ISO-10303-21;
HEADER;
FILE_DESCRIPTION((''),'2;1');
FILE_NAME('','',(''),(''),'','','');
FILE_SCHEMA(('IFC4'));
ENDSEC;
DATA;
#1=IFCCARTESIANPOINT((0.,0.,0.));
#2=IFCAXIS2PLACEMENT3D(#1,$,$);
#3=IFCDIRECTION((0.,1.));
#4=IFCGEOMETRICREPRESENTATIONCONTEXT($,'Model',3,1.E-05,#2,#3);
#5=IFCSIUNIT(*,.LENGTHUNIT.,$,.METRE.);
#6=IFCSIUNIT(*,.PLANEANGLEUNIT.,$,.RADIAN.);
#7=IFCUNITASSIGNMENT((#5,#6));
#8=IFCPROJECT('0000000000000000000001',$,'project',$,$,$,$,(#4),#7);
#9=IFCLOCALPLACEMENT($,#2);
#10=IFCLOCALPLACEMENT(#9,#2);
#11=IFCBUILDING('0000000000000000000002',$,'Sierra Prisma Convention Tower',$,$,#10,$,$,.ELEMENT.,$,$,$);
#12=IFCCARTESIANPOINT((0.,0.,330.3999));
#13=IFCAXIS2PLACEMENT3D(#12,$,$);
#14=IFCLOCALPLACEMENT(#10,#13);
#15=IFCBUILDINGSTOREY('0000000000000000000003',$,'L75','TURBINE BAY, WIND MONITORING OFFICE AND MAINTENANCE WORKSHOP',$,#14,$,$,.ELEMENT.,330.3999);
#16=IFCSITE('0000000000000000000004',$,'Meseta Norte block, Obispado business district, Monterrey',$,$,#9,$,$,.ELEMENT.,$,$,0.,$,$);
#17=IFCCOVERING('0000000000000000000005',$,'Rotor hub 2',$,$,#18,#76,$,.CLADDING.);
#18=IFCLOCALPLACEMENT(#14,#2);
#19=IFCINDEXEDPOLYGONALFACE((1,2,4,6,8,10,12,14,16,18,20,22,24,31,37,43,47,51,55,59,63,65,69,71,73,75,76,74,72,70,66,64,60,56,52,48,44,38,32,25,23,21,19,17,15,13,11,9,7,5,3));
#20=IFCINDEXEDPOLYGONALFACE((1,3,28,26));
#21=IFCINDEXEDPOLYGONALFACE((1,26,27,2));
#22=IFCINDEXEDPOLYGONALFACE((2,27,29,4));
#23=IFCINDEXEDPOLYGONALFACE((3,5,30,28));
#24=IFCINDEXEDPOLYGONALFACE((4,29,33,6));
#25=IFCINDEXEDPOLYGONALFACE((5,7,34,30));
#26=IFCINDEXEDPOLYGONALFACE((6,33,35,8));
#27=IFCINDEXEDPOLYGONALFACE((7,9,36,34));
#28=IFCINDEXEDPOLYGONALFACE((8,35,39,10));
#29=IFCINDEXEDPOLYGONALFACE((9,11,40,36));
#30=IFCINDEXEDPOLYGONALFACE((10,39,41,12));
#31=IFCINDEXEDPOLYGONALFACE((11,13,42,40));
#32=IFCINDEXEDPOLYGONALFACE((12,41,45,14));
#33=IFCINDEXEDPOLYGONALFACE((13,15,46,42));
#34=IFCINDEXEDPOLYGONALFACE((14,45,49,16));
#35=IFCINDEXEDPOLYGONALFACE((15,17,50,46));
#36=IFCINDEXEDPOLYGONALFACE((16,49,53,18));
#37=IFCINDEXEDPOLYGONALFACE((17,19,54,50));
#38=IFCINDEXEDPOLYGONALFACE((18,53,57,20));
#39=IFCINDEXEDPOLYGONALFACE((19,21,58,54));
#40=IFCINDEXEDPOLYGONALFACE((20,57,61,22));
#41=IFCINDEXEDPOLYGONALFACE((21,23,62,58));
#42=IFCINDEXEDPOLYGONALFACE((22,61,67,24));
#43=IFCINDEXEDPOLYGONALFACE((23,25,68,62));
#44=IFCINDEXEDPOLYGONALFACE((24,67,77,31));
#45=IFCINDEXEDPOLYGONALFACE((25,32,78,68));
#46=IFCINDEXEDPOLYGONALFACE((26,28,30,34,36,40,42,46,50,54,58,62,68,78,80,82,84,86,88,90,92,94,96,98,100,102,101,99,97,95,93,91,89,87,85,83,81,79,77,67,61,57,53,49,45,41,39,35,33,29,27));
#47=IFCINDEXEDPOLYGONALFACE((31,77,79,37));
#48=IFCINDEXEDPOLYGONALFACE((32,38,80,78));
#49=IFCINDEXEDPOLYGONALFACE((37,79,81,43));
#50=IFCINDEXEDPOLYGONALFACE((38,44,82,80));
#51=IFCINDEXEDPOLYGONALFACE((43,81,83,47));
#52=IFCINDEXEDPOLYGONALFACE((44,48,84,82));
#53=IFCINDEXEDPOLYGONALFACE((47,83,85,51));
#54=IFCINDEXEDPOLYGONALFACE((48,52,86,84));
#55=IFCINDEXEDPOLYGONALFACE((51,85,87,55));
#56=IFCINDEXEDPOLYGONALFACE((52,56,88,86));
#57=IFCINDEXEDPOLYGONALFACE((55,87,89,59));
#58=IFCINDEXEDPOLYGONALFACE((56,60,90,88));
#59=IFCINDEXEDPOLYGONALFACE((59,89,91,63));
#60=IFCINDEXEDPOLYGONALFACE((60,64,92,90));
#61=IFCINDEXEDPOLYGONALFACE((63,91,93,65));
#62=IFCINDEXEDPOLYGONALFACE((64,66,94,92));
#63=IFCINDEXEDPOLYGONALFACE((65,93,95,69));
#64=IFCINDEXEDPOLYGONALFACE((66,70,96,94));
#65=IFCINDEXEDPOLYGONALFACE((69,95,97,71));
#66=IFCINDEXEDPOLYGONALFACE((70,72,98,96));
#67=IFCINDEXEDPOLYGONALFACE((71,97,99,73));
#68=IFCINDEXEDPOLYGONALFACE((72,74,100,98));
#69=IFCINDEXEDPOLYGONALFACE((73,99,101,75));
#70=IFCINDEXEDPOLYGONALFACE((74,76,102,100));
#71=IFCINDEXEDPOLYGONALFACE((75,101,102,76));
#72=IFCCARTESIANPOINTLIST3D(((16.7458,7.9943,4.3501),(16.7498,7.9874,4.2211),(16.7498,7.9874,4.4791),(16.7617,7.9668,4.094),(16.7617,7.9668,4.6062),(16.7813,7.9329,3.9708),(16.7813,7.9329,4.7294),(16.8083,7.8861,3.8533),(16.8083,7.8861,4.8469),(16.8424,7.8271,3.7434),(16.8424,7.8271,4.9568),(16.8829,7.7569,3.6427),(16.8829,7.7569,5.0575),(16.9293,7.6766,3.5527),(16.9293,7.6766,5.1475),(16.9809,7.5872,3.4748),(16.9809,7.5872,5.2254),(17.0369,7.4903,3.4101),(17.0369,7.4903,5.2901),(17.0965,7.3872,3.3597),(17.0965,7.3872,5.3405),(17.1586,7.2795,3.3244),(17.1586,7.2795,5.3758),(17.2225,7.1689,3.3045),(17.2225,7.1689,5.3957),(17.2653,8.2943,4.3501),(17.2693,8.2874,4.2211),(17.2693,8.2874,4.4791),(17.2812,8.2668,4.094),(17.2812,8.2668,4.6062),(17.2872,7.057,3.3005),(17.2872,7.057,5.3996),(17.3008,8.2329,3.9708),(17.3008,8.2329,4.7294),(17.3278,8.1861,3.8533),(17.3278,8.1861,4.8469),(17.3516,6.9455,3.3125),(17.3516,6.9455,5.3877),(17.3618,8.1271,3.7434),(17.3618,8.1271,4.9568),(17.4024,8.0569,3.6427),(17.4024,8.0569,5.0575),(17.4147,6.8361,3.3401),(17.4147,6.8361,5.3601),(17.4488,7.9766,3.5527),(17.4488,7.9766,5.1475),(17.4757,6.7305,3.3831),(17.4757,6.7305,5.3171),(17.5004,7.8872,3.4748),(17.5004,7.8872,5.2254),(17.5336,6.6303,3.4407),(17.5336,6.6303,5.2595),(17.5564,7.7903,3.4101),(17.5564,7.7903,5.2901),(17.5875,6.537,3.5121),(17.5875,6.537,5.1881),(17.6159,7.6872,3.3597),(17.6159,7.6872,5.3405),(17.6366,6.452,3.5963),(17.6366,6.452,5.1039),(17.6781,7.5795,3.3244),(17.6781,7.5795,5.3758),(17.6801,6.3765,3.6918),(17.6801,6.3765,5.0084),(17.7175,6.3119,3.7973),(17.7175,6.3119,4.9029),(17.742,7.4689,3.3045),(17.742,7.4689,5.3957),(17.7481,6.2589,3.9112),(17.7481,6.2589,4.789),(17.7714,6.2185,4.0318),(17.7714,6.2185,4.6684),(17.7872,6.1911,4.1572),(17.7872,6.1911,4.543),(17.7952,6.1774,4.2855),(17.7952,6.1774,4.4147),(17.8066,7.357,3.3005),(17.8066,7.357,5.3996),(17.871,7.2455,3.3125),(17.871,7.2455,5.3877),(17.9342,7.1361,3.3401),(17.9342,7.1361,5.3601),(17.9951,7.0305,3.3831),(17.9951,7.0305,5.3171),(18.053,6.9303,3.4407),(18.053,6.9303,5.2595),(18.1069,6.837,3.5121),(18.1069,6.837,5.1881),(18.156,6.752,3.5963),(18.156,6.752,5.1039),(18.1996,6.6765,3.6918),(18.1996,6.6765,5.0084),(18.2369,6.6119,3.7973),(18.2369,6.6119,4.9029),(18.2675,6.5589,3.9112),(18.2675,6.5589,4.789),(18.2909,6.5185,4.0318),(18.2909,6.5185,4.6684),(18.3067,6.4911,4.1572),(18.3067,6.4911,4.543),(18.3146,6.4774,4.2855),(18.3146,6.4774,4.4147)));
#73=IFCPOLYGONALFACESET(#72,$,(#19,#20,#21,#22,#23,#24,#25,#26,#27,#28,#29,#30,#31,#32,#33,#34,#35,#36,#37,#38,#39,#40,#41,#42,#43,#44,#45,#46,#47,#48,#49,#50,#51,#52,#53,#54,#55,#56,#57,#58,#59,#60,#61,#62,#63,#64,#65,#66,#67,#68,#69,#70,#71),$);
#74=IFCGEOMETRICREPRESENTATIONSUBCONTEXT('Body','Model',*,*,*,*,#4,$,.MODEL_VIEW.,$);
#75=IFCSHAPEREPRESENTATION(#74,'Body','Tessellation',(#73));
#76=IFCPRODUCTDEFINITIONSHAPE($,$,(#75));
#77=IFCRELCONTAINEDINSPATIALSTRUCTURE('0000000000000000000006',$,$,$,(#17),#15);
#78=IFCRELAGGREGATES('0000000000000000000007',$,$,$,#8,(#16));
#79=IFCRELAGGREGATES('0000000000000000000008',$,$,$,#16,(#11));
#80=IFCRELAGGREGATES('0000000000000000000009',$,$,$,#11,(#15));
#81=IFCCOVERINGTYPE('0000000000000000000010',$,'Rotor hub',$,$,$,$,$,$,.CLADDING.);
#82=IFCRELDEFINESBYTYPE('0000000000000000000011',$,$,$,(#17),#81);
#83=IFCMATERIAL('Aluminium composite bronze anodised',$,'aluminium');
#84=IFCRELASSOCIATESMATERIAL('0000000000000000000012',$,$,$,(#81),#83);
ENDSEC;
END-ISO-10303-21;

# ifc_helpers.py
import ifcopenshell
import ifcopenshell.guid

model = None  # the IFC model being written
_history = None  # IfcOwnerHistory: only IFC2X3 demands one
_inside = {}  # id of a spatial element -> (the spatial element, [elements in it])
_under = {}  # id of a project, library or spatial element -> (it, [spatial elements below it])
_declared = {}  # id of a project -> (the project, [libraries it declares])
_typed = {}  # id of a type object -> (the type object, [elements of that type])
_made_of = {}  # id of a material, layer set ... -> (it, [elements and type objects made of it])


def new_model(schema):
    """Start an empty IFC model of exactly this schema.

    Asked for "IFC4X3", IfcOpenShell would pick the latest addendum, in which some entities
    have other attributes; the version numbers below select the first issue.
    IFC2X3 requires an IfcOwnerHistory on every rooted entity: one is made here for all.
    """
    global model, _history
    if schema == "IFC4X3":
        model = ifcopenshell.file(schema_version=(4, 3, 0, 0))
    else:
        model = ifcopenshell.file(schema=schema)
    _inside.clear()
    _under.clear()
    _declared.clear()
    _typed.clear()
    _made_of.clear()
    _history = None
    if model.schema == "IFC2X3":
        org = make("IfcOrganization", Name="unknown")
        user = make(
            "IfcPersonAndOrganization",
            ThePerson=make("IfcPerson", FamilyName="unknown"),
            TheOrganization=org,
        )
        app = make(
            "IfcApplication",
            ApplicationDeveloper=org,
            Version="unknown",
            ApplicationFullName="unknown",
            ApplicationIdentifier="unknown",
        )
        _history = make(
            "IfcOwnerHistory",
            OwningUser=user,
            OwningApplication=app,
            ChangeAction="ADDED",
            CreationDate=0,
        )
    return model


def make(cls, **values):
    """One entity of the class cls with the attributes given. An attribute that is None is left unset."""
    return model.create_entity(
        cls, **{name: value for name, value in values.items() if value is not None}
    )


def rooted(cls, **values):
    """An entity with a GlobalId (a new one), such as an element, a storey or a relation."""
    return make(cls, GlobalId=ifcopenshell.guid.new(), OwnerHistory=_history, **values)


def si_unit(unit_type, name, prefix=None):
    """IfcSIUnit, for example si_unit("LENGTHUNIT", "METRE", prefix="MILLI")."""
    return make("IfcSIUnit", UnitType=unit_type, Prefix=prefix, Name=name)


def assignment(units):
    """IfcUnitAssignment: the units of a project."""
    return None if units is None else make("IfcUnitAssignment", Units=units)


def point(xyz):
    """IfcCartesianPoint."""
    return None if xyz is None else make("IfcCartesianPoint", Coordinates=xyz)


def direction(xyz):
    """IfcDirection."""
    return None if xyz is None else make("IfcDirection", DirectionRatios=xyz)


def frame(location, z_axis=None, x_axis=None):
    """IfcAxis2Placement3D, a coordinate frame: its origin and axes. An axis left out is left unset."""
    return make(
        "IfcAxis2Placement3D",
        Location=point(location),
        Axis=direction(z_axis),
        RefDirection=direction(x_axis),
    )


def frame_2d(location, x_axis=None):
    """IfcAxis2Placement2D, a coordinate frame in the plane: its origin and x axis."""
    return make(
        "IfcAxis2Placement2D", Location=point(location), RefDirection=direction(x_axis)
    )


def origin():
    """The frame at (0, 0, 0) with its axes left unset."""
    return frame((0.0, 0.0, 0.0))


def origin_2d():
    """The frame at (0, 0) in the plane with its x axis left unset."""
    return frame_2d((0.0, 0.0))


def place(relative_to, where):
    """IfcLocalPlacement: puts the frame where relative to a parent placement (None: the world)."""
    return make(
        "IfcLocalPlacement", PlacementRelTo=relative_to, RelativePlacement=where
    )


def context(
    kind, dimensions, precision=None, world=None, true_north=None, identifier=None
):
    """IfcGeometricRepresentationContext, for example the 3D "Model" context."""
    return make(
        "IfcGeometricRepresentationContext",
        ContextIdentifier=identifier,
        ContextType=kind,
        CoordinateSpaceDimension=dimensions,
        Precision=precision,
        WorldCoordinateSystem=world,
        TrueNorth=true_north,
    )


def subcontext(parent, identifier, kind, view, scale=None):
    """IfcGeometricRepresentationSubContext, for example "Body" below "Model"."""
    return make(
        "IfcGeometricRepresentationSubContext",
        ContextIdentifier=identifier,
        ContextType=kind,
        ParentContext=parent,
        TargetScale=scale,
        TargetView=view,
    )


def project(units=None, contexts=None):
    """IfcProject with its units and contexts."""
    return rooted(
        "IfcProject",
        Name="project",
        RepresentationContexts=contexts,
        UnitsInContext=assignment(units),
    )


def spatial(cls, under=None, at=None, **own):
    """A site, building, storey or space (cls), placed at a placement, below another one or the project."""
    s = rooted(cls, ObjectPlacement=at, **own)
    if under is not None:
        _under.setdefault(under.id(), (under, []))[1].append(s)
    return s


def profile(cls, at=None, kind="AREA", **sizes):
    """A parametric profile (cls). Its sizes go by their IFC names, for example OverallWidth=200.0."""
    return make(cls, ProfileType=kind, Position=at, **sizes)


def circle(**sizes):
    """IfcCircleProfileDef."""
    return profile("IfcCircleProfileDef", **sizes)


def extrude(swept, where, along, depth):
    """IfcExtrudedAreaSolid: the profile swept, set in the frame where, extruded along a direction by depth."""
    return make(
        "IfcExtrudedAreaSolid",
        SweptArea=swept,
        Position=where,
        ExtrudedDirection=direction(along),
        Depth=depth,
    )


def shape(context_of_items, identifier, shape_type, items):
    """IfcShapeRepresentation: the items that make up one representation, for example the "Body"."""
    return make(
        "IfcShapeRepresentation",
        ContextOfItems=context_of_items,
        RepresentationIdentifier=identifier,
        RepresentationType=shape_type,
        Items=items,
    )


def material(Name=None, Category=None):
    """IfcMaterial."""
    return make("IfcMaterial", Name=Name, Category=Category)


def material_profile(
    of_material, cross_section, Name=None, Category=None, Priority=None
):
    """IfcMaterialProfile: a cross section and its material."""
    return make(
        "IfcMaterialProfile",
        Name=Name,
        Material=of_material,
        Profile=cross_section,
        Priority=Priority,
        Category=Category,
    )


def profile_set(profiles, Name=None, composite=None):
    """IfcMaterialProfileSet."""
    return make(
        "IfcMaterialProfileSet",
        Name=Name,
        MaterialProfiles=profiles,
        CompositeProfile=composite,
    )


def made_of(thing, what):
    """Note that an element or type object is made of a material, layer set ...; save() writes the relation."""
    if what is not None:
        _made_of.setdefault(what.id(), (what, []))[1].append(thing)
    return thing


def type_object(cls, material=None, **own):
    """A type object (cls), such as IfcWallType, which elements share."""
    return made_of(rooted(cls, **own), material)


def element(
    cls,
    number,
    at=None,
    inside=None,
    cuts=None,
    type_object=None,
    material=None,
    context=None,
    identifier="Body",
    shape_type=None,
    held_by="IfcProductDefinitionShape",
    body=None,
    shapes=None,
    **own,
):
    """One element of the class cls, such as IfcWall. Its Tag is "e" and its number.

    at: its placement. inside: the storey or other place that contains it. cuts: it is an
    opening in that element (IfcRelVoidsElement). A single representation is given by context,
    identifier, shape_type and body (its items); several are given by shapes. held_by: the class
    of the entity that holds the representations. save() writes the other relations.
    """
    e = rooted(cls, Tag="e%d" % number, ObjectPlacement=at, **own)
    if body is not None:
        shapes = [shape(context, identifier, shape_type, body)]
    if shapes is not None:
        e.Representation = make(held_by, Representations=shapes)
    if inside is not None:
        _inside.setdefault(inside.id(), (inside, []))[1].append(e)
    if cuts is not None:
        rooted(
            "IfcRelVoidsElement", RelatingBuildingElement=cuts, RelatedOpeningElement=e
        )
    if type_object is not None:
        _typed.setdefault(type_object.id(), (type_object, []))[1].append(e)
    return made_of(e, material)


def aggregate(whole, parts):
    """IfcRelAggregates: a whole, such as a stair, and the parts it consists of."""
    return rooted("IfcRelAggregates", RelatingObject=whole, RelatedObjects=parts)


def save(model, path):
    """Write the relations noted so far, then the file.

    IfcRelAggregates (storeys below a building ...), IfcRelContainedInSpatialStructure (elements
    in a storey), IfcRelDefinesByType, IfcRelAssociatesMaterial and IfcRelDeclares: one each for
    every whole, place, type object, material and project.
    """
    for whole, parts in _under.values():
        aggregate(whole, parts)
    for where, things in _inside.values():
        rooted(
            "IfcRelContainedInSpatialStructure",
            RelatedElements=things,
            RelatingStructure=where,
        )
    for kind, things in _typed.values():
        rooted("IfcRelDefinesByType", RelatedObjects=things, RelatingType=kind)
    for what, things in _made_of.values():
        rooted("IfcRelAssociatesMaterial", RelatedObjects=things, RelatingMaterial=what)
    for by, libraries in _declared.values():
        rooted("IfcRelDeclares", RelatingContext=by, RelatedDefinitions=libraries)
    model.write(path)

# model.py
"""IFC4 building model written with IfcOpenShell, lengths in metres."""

from ifc_helpers import new_model, si_unit, direction, frame, origin, origin_2d, place, context, subcontext, project, spatial, circle, extrude, material, material_profile, profile_set, type_object, element, save


model = new_model("IFC4")

# Units and contexts
model_context = context("Model", 3, precision=1e-05, world=origin(), true_north=direction((0.0, 1.0)))
body_context = subcontext(model_context, "Body", "Model", "MODEL_VIEW")
ifc_project = project(units=[si_unit("LENGTHUNIT", "METRE"), si_unit("PLANEANGLEUNIT", "RADIAN")], contexts=[model_context])

# Site, building, storey
site_placement = place(None, origin())
site = spatial("IfcSite", under=ifc_project, at=site_placement, Name="Meseta Norte block, Obispado business district, Monterrey", CompositionType="ELEMENT", RefElevation=0.0)
building_placement = place(site_placement, origin())
building = spatial("IfcBuilding", under=site, at=building_placement, Name="Sierra Prisma Convention Tower", CompositionType="ELEMENT")
storey_placement = place(building_placement, frame((0.0, 0.0, 330.3999)))
storey = spatial("IfcBuildingStorey", under=building, at=storey_placement, Name="L75", Description="TURBINE BAY, WIND MONITORING OFFICE AND MAINTENANCE WORKSHOP", CompositionType="ELEMENT", Elevation=330.3999)

# Covering
ifc_material_1 = material(Name="Aluminium composite bronze anodised", Category="aluminium")
ifc_material_profile_1 = material_profile(ifc_material_1, circle(Radius=1.05, at=origin_2d()), Name="ROTOR HUB 2100")
ifc_profile_set_1 = profile_set([ifc_material_profile_1], Name="Aluminium composite bronze anodised")
covering_type_1 = type_object("IfcCoveringType", Name="Rotor hub", PredefinedType="CLADDING", material=ifc_profile_set_1)
covering_1_placement = place(storey_placement, frame((17.271, 7.085, 4.3501), z_axis=(0.865955, 0.500122, 0.0), x_axis=(-0.500122, 0.865955, 0.0)))
element("IfcCovering", 1, at=covering_1_placement, inside=storey, type_object=covering_type_1, Name="Rotor hub 2", PredefinedType="CLADDING", context=body_context, shape_type="SweptSolid", body=[
    extrude(circle(Radius=1.05, at=origin_2d()), origin(), (0.0, 0.0, 1.0), 0.5999),
])

save(model, "model.ifc")
